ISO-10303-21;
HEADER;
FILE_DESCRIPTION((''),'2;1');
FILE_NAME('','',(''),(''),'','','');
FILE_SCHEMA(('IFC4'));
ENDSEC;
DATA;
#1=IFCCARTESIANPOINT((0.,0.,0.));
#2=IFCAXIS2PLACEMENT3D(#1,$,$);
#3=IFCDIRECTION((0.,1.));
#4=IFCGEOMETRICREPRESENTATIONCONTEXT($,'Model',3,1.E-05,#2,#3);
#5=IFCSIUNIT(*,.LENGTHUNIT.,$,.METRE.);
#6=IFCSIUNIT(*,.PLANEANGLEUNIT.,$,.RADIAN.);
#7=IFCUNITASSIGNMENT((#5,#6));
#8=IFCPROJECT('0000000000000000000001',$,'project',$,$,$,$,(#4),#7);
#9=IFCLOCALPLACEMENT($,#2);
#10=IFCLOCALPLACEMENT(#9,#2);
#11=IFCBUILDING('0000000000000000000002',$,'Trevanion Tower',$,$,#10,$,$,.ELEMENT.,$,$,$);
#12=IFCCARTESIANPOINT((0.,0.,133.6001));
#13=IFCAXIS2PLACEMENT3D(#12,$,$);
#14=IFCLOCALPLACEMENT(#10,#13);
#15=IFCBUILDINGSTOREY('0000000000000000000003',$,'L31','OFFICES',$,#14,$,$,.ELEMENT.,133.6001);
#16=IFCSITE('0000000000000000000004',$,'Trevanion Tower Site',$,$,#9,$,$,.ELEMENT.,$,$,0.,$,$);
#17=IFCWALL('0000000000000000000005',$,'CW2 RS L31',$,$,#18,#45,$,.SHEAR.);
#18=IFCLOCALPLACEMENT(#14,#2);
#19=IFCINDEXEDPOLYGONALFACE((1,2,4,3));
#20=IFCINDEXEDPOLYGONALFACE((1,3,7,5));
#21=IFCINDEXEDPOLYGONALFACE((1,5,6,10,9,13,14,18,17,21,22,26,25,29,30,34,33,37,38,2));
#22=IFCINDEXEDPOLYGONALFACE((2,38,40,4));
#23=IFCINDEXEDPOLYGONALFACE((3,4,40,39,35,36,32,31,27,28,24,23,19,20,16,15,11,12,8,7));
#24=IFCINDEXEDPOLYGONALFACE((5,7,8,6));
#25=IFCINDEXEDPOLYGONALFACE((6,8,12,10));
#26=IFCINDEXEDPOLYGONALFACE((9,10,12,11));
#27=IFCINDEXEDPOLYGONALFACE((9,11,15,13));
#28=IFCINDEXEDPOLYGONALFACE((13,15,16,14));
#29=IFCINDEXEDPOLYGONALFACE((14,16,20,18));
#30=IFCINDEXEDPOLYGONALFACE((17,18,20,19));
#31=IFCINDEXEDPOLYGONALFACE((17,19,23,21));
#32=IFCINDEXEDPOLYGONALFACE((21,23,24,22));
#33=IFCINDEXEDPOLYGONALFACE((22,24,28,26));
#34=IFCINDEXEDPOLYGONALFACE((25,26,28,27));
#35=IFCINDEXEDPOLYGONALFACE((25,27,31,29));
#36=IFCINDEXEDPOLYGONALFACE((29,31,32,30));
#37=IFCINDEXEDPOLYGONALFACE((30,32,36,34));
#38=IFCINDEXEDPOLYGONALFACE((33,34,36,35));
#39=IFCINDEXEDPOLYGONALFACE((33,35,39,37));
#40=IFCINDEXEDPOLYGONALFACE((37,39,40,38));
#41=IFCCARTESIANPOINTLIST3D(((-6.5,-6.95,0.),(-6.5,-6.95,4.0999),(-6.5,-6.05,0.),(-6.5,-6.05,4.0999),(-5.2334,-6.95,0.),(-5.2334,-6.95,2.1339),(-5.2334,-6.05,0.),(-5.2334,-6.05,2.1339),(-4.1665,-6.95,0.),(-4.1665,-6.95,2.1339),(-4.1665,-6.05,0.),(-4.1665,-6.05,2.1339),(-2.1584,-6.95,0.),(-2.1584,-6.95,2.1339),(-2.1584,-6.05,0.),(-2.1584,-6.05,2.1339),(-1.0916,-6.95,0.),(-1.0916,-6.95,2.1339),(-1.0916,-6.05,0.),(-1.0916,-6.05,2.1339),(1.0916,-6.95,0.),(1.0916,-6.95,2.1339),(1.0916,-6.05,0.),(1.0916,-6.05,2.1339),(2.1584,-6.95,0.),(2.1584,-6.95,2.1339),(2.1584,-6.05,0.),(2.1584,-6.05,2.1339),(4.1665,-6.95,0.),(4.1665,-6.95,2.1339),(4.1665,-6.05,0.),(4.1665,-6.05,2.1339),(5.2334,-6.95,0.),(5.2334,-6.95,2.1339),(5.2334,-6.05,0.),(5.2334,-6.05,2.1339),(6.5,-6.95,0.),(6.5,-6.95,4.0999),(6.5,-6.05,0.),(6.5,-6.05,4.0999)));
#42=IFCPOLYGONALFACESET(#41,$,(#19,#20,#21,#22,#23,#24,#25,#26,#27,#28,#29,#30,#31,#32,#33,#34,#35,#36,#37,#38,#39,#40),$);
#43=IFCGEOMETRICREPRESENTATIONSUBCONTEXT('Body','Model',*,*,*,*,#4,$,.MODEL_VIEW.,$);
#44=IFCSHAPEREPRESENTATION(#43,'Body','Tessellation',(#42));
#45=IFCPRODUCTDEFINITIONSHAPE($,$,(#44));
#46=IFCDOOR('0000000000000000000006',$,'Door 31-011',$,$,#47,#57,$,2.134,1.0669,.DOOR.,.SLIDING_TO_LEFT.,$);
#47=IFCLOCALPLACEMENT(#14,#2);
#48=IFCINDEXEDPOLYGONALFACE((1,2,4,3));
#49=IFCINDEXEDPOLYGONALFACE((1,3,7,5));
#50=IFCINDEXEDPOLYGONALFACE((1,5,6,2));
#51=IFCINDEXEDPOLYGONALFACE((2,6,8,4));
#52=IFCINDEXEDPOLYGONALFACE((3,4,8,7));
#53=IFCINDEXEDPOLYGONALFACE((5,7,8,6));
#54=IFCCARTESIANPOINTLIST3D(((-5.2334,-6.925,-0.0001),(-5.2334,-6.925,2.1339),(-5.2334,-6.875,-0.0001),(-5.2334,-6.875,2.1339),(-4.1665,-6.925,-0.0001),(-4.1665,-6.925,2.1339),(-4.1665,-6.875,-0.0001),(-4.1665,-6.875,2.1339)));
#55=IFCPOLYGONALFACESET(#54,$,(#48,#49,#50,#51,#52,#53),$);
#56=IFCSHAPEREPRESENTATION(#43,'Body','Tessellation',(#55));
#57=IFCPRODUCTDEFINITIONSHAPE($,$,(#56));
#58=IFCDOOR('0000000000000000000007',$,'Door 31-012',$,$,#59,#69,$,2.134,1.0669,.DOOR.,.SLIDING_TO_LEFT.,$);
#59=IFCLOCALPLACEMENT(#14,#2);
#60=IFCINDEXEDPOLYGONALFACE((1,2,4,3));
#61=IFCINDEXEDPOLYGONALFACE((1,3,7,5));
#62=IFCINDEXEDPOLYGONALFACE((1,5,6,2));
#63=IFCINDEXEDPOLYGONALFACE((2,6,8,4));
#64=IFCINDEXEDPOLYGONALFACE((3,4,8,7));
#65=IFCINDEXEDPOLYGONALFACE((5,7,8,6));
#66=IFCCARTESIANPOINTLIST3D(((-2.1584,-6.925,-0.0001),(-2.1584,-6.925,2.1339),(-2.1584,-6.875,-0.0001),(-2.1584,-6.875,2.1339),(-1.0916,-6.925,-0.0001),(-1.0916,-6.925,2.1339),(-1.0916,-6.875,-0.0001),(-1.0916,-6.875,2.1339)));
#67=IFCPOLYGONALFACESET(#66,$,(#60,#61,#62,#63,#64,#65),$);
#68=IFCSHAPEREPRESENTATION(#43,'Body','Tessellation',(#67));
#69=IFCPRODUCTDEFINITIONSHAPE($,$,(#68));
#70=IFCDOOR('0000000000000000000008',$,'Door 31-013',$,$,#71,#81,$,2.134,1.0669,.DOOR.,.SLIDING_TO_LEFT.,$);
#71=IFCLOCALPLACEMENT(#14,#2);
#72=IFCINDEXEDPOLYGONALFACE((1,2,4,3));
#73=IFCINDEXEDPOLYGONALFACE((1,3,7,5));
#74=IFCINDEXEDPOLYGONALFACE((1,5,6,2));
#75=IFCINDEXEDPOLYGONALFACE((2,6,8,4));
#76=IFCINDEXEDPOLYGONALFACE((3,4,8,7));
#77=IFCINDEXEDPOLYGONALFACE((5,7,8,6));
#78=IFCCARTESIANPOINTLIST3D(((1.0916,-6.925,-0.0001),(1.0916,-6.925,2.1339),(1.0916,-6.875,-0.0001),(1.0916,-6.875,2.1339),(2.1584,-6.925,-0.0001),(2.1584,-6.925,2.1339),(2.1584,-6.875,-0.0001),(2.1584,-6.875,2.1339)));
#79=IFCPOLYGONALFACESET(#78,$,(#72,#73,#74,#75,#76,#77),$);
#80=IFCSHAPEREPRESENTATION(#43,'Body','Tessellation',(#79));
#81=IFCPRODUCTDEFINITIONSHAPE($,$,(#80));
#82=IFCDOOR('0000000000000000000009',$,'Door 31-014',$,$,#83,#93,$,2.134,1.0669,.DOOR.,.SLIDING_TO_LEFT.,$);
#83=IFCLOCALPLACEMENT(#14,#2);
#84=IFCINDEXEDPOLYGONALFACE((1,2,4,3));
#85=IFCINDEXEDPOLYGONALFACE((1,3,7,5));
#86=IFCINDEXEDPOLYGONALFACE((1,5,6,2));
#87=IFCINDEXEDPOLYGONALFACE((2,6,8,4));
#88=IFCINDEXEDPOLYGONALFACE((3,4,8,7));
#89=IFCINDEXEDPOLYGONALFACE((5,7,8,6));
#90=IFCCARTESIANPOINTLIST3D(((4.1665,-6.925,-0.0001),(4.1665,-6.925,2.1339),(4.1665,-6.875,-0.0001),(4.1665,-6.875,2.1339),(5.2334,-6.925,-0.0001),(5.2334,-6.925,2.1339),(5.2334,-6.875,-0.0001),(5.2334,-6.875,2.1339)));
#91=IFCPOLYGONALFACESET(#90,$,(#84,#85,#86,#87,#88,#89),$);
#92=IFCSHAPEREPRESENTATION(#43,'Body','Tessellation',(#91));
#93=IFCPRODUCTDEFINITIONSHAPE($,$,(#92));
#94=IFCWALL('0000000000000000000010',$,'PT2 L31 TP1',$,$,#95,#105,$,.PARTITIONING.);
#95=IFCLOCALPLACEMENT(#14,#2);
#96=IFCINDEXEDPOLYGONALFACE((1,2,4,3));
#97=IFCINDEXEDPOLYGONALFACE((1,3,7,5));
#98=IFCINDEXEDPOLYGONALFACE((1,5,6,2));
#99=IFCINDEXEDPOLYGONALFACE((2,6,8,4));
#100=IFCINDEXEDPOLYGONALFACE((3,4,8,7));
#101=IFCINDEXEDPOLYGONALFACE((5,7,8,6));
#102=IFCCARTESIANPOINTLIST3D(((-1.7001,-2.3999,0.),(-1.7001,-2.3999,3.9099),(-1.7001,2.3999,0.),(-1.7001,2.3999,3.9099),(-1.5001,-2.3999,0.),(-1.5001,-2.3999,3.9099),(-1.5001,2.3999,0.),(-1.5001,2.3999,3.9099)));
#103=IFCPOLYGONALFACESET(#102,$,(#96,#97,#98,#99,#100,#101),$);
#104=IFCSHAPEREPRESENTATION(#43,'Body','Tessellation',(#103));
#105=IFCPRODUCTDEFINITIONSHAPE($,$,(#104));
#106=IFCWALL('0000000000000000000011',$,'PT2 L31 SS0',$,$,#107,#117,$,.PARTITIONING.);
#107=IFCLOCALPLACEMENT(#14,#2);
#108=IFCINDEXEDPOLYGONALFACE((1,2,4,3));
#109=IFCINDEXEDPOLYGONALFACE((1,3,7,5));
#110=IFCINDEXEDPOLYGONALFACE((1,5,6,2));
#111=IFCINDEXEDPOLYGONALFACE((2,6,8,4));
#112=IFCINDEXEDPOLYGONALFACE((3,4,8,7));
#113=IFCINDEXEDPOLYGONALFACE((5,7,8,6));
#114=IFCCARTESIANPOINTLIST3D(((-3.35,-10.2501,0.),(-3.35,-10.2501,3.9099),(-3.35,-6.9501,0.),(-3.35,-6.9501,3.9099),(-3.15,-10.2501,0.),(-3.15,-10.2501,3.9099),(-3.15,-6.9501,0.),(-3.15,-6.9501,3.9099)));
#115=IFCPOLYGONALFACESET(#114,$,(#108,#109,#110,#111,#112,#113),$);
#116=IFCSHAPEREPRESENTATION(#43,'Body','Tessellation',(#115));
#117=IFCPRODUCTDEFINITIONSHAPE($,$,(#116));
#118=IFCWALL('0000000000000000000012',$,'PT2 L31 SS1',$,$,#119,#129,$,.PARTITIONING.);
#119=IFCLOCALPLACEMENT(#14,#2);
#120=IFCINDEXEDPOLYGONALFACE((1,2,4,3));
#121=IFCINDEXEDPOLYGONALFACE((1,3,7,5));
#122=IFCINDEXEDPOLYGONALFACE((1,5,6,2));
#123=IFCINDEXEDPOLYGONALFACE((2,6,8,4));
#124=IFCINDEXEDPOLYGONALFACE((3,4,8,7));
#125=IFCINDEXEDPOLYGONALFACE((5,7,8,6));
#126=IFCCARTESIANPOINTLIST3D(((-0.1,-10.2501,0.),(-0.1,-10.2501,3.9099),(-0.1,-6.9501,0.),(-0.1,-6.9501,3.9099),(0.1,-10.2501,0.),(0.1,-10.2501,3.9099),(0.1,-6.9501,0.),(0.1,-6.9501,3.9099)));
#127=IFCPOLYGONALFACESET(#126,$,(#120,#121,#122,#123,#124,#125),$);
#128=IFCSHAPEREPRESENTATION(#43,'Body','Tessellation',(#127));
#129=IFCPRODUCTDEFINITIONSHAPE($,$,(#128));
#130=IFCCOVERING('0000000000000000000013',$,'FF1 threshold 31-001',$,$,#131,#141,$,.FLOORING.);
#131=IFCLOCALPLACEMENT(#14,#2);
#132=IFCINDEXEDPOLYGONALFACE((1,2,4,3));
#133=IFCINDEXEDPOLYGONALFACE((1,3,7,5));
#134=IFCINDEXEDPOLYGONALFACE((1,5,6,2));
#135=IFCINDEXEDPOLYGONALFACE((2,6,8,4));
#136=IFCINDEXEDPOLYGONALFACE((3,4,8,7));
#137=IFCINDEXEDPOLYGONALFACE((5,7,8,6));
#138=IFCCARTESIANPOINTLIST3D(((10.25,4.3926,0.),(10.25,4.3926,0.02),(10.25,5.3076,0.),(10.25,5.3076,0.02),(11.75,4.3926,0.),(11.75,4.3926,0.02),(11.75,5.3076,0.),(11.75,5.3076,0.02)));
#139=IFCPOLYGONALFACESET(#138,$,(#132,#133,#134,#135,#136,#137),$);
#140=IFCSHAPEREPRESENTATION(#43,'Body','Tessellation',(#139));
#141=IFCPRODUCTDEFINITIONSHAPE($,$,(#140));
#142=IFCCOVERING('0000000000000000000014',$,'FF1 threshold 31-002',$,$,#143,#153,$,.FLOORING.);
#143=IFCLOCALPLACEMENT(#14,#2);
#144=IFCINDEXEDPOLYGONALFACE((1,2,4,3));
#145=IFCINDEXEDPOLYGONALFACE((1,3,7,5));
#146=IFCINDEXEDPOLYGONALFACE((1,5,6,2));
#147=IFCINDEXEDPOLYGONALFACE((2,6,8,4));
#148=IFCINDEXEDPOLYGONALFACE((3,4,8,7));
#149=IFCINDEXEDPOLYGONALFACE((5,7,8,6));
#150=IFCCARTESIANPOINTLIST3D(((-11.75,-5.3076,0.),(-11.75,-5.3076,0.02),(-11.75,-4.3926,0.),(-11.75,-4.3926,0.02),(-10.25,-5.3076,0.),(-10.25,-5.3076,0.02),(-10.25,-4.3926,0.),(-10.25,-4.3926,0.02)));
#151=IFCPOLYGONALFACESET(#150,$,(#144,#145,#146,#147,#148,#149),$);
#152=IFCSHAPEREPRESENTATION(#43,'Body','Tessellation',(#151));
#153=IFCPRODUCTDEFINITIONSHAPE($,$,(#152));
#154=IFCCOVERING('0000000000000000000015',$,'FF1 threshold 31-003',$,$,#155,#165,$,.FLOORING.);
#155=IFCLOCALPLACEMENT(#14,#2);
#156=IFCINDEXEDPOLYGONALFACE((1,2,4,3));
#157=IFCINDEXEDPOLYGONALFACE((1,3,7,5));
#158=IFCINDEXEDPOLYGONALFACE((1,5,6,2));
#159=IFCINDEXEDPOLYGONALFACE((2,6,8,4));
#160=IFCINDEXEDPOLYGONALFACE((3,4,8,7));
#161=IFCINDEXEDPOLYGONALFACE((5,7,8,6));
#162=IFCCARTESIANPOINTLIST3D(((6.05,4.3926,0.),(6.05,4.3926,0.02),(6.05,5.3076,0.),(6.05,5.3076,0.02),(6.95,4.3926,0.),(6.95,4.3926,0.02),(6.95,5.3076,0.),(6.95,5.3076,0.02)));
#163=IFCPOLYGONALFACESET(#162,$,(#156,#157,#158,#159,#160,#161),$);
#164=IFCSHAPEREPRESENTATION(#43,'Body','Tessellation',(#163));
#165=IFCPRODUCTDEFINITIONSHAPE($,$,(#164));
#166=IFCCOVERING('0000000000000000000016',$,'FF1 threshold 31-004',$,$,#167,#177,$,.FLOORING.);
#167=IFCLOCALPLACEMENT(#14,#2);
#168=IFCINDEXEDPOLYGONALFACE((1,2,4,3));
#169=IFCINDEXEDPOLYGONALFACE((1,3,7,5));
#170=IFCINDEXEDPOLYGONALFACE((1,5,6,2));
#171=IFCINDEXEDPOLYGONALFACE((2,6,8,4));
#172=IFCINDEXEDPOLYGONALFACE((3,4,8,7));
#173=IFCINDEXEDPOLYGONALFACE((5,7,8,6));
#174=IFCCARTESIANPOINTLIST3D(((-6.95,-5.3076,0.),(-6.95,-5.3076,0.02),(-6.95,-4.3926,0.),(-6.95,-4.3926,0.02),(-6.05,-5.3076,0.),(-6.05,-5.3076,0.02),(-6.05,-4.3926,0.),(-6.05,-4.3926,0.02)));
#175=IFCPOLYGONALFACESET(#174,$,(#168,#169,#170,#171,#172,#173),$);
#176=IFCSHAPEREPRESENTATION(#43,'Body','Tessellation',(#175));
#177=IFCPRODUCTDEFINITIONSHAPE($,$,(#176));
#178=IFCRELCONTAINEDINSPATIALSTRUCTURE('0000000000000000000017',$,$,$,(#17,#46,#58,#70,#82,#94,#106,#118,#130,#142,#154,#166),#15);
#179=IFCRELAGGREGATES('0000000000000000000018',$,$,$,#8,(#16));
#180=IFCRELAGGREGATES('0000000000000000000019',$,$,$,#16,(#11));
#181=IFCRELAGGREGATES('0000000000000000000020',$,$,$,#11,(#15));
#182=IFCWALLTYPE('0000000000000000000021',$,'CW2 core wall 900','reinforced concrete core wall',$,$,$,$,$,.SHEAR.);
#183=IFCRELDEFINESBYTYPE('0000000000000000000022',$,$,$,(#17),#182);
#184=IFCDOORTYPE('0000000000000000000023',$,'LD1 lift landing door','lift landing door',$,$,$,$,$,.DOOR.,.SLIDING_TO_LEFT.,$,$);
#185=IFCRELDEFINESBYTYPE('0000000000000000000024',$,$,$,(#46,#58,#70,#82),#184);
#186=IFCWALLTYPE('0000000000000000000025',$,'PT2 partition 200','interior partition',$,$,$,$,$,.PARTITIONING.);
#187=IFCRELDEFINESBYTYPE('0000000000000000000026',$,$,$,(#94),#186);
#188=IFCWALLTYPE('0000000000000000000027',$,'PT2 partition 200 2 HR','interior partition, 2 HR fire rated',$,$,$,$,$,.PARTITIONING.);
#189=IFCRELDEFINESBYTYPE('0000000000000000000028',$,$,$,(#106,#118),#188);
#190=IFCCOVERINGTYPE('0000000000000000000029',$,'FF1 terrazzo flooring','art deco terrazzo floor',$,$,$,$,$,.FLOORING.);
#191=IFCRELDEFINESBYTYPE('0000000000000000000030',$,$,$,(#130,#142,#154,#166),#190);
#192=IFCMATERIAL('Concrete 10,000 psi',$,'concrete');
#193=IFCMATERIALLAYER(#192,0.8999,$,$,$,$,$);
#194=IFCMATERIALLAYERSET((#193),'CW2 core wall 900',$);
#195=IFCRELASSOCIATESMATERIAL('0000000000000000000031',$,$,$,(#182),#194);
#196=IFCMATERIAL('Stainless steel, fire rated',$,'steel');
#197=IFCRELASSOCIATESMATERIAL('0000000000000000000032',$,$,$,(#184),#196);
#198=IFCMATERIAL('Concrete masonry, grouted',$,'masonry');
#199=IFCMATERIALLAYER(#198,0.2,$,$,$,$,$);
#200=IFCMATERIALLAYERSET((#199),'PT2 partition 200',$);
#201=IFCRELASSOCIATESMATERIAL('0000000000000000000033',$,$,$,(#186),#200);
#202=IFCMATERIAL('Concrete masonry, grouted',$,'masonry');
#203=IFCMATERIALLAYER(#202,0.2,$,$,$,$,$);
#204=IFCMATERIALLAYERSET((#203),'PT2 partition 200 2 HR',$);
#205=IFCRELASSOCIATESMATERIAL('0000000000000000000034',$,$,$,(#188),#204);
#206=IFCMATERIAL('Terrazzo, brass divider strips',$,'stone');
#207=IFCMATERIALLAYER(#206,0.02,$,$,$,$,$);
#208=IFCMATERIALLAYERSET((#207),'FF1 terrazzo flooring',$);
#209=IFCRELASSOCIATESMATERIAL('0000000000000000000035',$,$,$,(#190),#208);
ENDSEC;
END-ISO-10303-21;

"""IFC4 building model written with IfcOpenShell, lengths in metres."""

from ifc_helpers import new_model, si_unit, direction, frame, frame_2d, origin, place, context, subcontext, project, spatial, polyline, rectangle, outline, extrude, material, layer, layer_set, type_object, element, fill, save


model = new_model("IFC4")

# Units and contexts
model_context = context("Model", 3, precision=1e-05, world=origin(), true_north=direction((0.0, 1.0)))
body_context = subcontext(model_context, "Body", "Model", "MODEL_VIEW")
ifc_project = project(units=[si_unit("LENGTHUNIT", "METRE"), si_unit("PLANEANGLEUNIT", "RADIAN")], contexts=[model_context])

# Site, building, storey
site_placement = place(None, origin())
site = spatial("IfcSite", under=ifc_project, at=site_placement, Name="Trevanion Tower Site", CompositionType="ELEMENT", RefElevation=0.0)
building_placement = place(site_placement, origin())
building = spatial("IfcBuilding", under=site, at=building_placement, Name="Trevanion Tower", CompositionType="ELEMENT")
storey_placement = place(building_placement, frame((0.0, 0.0, 133.6001)))
storey = spatial("IfcBuildingStorey", under=building, at=storey_placement, Name="L31", Description="OFFICES", CompositionType="ELEMENT", Elevation=133.6001)

# Wall, openings, doors
ifc_material_1 = material(Name="Concrete 10,000 psi", Category="concrete")
ifc_layer_1 = layer(ifc_material_1, 0.8999)
ifc_layer_set_1 = layer_set([ifc_layer_1], Name="CW2 core wall 900")
wall_type_1 = type_object("IfcWallType", Name="CW2 core wall 900", Description="reinforced concrete core wall", PredefinedType="SHEAR", material=ifc_layer_set_1)
wall_1_placement = place(storey_placement, frame((-6.5, -6.5, 0.0), z_axis=(0.0, 0.0, 1.0), x_axis=(1.0, 0.0, 0.0)))
wall_1 = element("IfcWall", 1, at=wall_1_placement, inside=storey, type_object=wall_type_1, Name="CW2 RS L31", PredefinedType="SHEAR", context=body_context, shape_type="SweptSolid", body=[
    extrude(rectangle(XDim=13.0, YDim=0.8999, at=frame_2d((6.5, 0.0))), origin(), (0.0, 0.0, 1.0), 4.0999),
])
opening_1_placement = place(wall_1_placement, frame((1.2666, 0.0, 0.0)))
opening_1 = element("IfcOpeningElement", 2, at=opening_1_placement, cuts=wall_1, PredefinedType="OPENING", context=body_context, shape_type="SweptSolid", body=[
    extrude(rectangle(XDim=1.0669, YDim=2.134, at=frame_2d((0.5334, 1.0669))), frame((0.0, 0.46, 0.0), z_axis=(0.0, -1.0, 0.0), x_axis=(1.0, 0.0, 0.0)), (0.0, 0.0, 1.0), 0.9199),
])
opening_2_placement = place(wall_1_placement, frame((4.3416, 0.0, 0.0)))
opening_2 = element("IfcOpeningElement", 3, at=opening_2_placement, cuts=wall_1, PredefinedType="OPENING", context=body_context, shape_type="SweptSolid", body=[
    extrude(rectangle(XDim=1.0669, YDim=2.134, at=frame_2d((0.5334, 1.0669))), frame((0.0, 0.46, 0.0), z_axis=(0.0, -1.0, 0.0), x_axis=(1.0, 0.0, 0.0)), (0.0, 0.0, 1.0), 0.9199),
])
opening_3_placement = place(wall_1_placement, frame((7.5916, 0.0, 0.0)))
opening_3 = element("IfcOpeningElement", 4, at=opening_3_placement, cuts=wall_1, PredefinedType="OPENING", context=body_context, shape_type="SweptSolid", body=[
    extrude(rectangle(XDim=1.0669, YDim=2.134, at=frame_2d((0.5334, 1.0669))), frame((0.0, 0.46, 0.0), z_axis=(0.0, -1.0, 0.0), x_axis=(1.0, 0.0, 0.0)), (0.0, 0.0, 1.0), 0.9199),
])
opening_4_placement = place(wall_1_placement, frame((10.6665, 0.0, 0.0)))
opening_4 = element("IfcOpeningElement", 5, at=opening_4_placement, cuts=wall_1, PredefinedType="OPENING", context=body_context, shape_type="SweptSolid", body=[
    extrude(rectangle(XDim=1.0669, YDim=2.134, at=frame_2d((0.5334, 1.0669))), frame((0.0, 0.46, 0.0), z_axis=(0.0, -1.0, 0.0), x_axis=(1.0, 0.0, 0.0)), (0.0, 0.0, 1.0), 0.9199),
])
ifc_material_2 = material(Name="Stainless steel, fire rated", Category="steel")
door_type = type_object("IfcDoorType", Name="LD1 lift landing door", Description="lift landing door", OperationType="SLIDING_TO_LEFT", PredefinedType="DOOR", material=ifc_material_2)
door_1_placement = place(opening_1_placement, origin())
door_1 = element("IfcDoor", 6, at=door_1_placement, inside=storey, type_object=door_type, Name="Door 31-011", OperationType="SLIDING_TO_LEFT", OverallHeight=2.134, OverallWidth=1.0669, PredefinedType="DOOR", context=body_context, shape_type="SweptSolid", body=[
    extrude(rectangle(XDim=1.0669, YDim=2.134, at=frame_2d((0.5334, 1.0669))), frame((0.0, -0.375, 0.0), z_axis=(0.0, -1.0, 0.0), x_axis=(1.0, 0.0, 0.0)), (0.0, 0.0, 1.0), 0.05),
])
fill(opening_1, door_1)
door_2_placement = place(opening_2_placement, origin())
door_2 = element("IfcDoor", 7, at=door_2_placement, inside=storey, type_object=door_type, Name="Door 31-012", OperationType="SLIDING_TO_LEFT", OverallHeight=2.134, OverallWidth=1.0669, PredefinedType="DOOR", context=body_context, shape_type="SweptSolid", body=[
    extrude(rectangle(XDim=1.0669, YDim=2.134, at=frame_2d((0.5334, 1.0669))), frame((0.0, -0.375, 0.0), z_axis=(0.0, -1.0, 0.0), x_axis=(1.0, 0.0, 0.0)), (0.0, 0.0, 1.0), 0.05),
])
fill(opening_2, door_2)
door_3_placement = place(opening_3_placement, origin())
door_3 = element("IfcDoor", 8, at=door_3_placement, inside=storey, type_object=door_type, Name="Door 31-013", OperationType="SLIDING_TO_LEFT", OverallHeight=2.134, OverallWidth=1.0669, PredefinedType="DOOR", context=body_context, shape_type="SweptSolid", body=[
    extrude(rectangle(XDim=1.0669, YDim=2.134, at=frame_2d((0.5334, 1.0669))), frame((0.0, -0.375, 0.0), z_axis=(0.0, -1.0, 0.0), x_axis=(1.0, 0.0, 0.0)), (0.0, 0.0, 1.0), 0.05),
])
fill(opening_3, door_3)
door_4_placement = place(opening_4_placement, origin())
door_4 = element("IfcDoor", 9, at=door_4_placement, inside=storey, type_object=door_type, Name="Door 31-014", OperationType="SLIDING_TO_LEFT", OverallHeight=2.134, OverallWidth=1.0669, PredefinedType="DOOR", context=body_context, shape_type="SweptSolid", body=[
    extrude(rectangle(XDim=1.0669, YDim=2.134, at=frame_2d((0.5334, 1.0669))), frame((0.0, -0.375, 0.0), z_axis=(0.0, -1.0, 0.0), x_axis=(1.0, 0.0, 0.0)), (0.0, 0.0, 1.0), 0.05),
])
fill(opening_4, door_4)

# Walls
ifc_material_3 = material(Name="Concrete masonry, grouted", Category="masonry")
ifc_layer_2 = layer(ifc_material_3, 0.2)
ifc_layer_set_2 = layer_set([ifc_layer_2], Name="PT2 partition 200")
wall_type_2 = type_object("IfcWallType", Name="PT2 partition 200", Description="interior partition", PredefinedType="PARTITIONING", material=ifc_layer_set_2)
wall_2_placement = place(storey_placement, frame((-1.6001, -2.3999, 0.0), z_axis=(0.0, 0.0, 1.0), x_axis=(0.0, 1.0, 0.0)))
element("IfcWall", 10, at=wall_2_placement, inside=storey, type_object=wall_type_2, Name="PT2 L31 TP1", PredefinedType="PARTITIONING", context=body_context, shape_type="SweptSolid", body=[
    extrude(rectangle(XDim=4.7998, YDim=0.2, at=frame_2d((2.3999, 0.0))), origin(), (0.0, 0.0, 1.0), 3.9099),
])
ifc_material_4 = material(Name="Concrete masonry, grouted", Category="masonry")
ifc_layer_3 = layer(ifc_material_4, 0.2)
ifc_layer_set_3 = layer_set([ifc_layer_3], Name="PT2 partition 200 2 HR")
wall_type_3 = type_object("IfcWallType", Name="PT2 partition 200 2 HR", Description="interior partition, 2 HR fire rated", PredefinedType="PARTITIONING", material=ifc_layer_set_3)
for number, where, z_axis, x_axis, name in (
    (11, (-3.25, -10.25, 0.0), (0.0, 0.0, 1.0), (0.0, 1.0, 0.0), "PT2 L31 SS0"),
    (12, (0.0, -10.25, 0.0), (0.0, 0.0, 1.0), (0.0, 1.0, 0.0), "PT2 L31 SS1"),
):
    element("IfcWall", number, at=place(storey_placement, frame(where, z_axis=z_axis, x_axis=x_axis)), inside=storey, type_object=wall_type_3, Name=name, PredefinedType="PARTITIONING", context=body_context, shape_type="SweptSolid", body=[
        extrude(rectangle(XDim=3.3, YDim=0.2, at=frame_2d((1.6499, 0.0))), origin(), (0.0, 0.0, 1.0), 3.9099),
    ])

# Coverings
ifc_material_5 = material(Name="Terrazzo, brass divider strips", Category="stone")
ifc_layer_4 = layer(ifc_material_5, 0.02)
ifc_layer_set_4 = layer_set([ifc_layer_4], Name="FF1 terrazzo flooring")
covering_type = type_object("IfcCoveringType", Name="FF1 terrazzo flooring", Description="art deco terrazzo floor", PredefinedType="FLOORING", material=ifc_layer_set_4)
covering_1_placement = place(storey_placement, origin())
element("IfcCovering", 13, at=covering_1_placement, inside=storey, type_object=covering_type, Name="FF1 threshold 31-001", PredefinedType="FLOORING", context=body_context, shape_type="SweptSolid", body=[
    extrude(outline(polyline([(11.75, 4.3926), (11.75, 5.3076), (10.25, 5.3076), (10.25, 4.3926), (11.75, 4.3926)])), origin(), (0.0, 0.0, 1.0), 0.02),
])
covering_2_placement = place(storey_placement, origin())
element("IfcCovering", 14, at=covering_2_placement, inside=storey, type_object=covering_type, Name="FF1 threshold 31-002", PredefinedType="FLOORING", context=body_context, shape_type="SweptSolid", body=[
    extrude(outline(polyline([(-11.75, -4.3926), (-11.75, -5.3076), (-10.25, -5.3076), (-10.25, -4.3926), (-11.75, -4.3926)])), origin(), (0.0, 0.0, 1.0), 0.02),
])
covering_3_placement = place(storey_placement, origin())
element("IfcCovering", 15, at=covering_3_placement, inside=storey, type_object=covering_type, Name="FF1 threshold 31-003", PredefinedType="FLOORING", context=body_context, shape_type="SweptSolid", body=[
    extrude(outline(polyline([(6.95, 4.3926), (6.95, 5.3076), (6.05, 5.3076), (6.05, 4.3926), (6.95, 4.3926)])), origin(), (0.0, 0.0, 1.0), 0.02),
])
covering_4_placement = place(storey_placement, origin())
element("IfcCovering", 16, at=covering_4_placement, inside=storey, type_object=covering_type, Name="FF1 threshold 31-004", PredefinedType="FLOORING", context=body_context, shape_type="SweptSolid", body=[
    extrude(outline(polyline([(-6.95, -4.3926), (-6.95, -5.3076), (-6.05, -5.3076), (-6.05, -4.3926), (-6.95, -4.3926)])), origin(), (0.0, 0.0, 1.0), 0.02),
])

save(model, "model.ifc")
